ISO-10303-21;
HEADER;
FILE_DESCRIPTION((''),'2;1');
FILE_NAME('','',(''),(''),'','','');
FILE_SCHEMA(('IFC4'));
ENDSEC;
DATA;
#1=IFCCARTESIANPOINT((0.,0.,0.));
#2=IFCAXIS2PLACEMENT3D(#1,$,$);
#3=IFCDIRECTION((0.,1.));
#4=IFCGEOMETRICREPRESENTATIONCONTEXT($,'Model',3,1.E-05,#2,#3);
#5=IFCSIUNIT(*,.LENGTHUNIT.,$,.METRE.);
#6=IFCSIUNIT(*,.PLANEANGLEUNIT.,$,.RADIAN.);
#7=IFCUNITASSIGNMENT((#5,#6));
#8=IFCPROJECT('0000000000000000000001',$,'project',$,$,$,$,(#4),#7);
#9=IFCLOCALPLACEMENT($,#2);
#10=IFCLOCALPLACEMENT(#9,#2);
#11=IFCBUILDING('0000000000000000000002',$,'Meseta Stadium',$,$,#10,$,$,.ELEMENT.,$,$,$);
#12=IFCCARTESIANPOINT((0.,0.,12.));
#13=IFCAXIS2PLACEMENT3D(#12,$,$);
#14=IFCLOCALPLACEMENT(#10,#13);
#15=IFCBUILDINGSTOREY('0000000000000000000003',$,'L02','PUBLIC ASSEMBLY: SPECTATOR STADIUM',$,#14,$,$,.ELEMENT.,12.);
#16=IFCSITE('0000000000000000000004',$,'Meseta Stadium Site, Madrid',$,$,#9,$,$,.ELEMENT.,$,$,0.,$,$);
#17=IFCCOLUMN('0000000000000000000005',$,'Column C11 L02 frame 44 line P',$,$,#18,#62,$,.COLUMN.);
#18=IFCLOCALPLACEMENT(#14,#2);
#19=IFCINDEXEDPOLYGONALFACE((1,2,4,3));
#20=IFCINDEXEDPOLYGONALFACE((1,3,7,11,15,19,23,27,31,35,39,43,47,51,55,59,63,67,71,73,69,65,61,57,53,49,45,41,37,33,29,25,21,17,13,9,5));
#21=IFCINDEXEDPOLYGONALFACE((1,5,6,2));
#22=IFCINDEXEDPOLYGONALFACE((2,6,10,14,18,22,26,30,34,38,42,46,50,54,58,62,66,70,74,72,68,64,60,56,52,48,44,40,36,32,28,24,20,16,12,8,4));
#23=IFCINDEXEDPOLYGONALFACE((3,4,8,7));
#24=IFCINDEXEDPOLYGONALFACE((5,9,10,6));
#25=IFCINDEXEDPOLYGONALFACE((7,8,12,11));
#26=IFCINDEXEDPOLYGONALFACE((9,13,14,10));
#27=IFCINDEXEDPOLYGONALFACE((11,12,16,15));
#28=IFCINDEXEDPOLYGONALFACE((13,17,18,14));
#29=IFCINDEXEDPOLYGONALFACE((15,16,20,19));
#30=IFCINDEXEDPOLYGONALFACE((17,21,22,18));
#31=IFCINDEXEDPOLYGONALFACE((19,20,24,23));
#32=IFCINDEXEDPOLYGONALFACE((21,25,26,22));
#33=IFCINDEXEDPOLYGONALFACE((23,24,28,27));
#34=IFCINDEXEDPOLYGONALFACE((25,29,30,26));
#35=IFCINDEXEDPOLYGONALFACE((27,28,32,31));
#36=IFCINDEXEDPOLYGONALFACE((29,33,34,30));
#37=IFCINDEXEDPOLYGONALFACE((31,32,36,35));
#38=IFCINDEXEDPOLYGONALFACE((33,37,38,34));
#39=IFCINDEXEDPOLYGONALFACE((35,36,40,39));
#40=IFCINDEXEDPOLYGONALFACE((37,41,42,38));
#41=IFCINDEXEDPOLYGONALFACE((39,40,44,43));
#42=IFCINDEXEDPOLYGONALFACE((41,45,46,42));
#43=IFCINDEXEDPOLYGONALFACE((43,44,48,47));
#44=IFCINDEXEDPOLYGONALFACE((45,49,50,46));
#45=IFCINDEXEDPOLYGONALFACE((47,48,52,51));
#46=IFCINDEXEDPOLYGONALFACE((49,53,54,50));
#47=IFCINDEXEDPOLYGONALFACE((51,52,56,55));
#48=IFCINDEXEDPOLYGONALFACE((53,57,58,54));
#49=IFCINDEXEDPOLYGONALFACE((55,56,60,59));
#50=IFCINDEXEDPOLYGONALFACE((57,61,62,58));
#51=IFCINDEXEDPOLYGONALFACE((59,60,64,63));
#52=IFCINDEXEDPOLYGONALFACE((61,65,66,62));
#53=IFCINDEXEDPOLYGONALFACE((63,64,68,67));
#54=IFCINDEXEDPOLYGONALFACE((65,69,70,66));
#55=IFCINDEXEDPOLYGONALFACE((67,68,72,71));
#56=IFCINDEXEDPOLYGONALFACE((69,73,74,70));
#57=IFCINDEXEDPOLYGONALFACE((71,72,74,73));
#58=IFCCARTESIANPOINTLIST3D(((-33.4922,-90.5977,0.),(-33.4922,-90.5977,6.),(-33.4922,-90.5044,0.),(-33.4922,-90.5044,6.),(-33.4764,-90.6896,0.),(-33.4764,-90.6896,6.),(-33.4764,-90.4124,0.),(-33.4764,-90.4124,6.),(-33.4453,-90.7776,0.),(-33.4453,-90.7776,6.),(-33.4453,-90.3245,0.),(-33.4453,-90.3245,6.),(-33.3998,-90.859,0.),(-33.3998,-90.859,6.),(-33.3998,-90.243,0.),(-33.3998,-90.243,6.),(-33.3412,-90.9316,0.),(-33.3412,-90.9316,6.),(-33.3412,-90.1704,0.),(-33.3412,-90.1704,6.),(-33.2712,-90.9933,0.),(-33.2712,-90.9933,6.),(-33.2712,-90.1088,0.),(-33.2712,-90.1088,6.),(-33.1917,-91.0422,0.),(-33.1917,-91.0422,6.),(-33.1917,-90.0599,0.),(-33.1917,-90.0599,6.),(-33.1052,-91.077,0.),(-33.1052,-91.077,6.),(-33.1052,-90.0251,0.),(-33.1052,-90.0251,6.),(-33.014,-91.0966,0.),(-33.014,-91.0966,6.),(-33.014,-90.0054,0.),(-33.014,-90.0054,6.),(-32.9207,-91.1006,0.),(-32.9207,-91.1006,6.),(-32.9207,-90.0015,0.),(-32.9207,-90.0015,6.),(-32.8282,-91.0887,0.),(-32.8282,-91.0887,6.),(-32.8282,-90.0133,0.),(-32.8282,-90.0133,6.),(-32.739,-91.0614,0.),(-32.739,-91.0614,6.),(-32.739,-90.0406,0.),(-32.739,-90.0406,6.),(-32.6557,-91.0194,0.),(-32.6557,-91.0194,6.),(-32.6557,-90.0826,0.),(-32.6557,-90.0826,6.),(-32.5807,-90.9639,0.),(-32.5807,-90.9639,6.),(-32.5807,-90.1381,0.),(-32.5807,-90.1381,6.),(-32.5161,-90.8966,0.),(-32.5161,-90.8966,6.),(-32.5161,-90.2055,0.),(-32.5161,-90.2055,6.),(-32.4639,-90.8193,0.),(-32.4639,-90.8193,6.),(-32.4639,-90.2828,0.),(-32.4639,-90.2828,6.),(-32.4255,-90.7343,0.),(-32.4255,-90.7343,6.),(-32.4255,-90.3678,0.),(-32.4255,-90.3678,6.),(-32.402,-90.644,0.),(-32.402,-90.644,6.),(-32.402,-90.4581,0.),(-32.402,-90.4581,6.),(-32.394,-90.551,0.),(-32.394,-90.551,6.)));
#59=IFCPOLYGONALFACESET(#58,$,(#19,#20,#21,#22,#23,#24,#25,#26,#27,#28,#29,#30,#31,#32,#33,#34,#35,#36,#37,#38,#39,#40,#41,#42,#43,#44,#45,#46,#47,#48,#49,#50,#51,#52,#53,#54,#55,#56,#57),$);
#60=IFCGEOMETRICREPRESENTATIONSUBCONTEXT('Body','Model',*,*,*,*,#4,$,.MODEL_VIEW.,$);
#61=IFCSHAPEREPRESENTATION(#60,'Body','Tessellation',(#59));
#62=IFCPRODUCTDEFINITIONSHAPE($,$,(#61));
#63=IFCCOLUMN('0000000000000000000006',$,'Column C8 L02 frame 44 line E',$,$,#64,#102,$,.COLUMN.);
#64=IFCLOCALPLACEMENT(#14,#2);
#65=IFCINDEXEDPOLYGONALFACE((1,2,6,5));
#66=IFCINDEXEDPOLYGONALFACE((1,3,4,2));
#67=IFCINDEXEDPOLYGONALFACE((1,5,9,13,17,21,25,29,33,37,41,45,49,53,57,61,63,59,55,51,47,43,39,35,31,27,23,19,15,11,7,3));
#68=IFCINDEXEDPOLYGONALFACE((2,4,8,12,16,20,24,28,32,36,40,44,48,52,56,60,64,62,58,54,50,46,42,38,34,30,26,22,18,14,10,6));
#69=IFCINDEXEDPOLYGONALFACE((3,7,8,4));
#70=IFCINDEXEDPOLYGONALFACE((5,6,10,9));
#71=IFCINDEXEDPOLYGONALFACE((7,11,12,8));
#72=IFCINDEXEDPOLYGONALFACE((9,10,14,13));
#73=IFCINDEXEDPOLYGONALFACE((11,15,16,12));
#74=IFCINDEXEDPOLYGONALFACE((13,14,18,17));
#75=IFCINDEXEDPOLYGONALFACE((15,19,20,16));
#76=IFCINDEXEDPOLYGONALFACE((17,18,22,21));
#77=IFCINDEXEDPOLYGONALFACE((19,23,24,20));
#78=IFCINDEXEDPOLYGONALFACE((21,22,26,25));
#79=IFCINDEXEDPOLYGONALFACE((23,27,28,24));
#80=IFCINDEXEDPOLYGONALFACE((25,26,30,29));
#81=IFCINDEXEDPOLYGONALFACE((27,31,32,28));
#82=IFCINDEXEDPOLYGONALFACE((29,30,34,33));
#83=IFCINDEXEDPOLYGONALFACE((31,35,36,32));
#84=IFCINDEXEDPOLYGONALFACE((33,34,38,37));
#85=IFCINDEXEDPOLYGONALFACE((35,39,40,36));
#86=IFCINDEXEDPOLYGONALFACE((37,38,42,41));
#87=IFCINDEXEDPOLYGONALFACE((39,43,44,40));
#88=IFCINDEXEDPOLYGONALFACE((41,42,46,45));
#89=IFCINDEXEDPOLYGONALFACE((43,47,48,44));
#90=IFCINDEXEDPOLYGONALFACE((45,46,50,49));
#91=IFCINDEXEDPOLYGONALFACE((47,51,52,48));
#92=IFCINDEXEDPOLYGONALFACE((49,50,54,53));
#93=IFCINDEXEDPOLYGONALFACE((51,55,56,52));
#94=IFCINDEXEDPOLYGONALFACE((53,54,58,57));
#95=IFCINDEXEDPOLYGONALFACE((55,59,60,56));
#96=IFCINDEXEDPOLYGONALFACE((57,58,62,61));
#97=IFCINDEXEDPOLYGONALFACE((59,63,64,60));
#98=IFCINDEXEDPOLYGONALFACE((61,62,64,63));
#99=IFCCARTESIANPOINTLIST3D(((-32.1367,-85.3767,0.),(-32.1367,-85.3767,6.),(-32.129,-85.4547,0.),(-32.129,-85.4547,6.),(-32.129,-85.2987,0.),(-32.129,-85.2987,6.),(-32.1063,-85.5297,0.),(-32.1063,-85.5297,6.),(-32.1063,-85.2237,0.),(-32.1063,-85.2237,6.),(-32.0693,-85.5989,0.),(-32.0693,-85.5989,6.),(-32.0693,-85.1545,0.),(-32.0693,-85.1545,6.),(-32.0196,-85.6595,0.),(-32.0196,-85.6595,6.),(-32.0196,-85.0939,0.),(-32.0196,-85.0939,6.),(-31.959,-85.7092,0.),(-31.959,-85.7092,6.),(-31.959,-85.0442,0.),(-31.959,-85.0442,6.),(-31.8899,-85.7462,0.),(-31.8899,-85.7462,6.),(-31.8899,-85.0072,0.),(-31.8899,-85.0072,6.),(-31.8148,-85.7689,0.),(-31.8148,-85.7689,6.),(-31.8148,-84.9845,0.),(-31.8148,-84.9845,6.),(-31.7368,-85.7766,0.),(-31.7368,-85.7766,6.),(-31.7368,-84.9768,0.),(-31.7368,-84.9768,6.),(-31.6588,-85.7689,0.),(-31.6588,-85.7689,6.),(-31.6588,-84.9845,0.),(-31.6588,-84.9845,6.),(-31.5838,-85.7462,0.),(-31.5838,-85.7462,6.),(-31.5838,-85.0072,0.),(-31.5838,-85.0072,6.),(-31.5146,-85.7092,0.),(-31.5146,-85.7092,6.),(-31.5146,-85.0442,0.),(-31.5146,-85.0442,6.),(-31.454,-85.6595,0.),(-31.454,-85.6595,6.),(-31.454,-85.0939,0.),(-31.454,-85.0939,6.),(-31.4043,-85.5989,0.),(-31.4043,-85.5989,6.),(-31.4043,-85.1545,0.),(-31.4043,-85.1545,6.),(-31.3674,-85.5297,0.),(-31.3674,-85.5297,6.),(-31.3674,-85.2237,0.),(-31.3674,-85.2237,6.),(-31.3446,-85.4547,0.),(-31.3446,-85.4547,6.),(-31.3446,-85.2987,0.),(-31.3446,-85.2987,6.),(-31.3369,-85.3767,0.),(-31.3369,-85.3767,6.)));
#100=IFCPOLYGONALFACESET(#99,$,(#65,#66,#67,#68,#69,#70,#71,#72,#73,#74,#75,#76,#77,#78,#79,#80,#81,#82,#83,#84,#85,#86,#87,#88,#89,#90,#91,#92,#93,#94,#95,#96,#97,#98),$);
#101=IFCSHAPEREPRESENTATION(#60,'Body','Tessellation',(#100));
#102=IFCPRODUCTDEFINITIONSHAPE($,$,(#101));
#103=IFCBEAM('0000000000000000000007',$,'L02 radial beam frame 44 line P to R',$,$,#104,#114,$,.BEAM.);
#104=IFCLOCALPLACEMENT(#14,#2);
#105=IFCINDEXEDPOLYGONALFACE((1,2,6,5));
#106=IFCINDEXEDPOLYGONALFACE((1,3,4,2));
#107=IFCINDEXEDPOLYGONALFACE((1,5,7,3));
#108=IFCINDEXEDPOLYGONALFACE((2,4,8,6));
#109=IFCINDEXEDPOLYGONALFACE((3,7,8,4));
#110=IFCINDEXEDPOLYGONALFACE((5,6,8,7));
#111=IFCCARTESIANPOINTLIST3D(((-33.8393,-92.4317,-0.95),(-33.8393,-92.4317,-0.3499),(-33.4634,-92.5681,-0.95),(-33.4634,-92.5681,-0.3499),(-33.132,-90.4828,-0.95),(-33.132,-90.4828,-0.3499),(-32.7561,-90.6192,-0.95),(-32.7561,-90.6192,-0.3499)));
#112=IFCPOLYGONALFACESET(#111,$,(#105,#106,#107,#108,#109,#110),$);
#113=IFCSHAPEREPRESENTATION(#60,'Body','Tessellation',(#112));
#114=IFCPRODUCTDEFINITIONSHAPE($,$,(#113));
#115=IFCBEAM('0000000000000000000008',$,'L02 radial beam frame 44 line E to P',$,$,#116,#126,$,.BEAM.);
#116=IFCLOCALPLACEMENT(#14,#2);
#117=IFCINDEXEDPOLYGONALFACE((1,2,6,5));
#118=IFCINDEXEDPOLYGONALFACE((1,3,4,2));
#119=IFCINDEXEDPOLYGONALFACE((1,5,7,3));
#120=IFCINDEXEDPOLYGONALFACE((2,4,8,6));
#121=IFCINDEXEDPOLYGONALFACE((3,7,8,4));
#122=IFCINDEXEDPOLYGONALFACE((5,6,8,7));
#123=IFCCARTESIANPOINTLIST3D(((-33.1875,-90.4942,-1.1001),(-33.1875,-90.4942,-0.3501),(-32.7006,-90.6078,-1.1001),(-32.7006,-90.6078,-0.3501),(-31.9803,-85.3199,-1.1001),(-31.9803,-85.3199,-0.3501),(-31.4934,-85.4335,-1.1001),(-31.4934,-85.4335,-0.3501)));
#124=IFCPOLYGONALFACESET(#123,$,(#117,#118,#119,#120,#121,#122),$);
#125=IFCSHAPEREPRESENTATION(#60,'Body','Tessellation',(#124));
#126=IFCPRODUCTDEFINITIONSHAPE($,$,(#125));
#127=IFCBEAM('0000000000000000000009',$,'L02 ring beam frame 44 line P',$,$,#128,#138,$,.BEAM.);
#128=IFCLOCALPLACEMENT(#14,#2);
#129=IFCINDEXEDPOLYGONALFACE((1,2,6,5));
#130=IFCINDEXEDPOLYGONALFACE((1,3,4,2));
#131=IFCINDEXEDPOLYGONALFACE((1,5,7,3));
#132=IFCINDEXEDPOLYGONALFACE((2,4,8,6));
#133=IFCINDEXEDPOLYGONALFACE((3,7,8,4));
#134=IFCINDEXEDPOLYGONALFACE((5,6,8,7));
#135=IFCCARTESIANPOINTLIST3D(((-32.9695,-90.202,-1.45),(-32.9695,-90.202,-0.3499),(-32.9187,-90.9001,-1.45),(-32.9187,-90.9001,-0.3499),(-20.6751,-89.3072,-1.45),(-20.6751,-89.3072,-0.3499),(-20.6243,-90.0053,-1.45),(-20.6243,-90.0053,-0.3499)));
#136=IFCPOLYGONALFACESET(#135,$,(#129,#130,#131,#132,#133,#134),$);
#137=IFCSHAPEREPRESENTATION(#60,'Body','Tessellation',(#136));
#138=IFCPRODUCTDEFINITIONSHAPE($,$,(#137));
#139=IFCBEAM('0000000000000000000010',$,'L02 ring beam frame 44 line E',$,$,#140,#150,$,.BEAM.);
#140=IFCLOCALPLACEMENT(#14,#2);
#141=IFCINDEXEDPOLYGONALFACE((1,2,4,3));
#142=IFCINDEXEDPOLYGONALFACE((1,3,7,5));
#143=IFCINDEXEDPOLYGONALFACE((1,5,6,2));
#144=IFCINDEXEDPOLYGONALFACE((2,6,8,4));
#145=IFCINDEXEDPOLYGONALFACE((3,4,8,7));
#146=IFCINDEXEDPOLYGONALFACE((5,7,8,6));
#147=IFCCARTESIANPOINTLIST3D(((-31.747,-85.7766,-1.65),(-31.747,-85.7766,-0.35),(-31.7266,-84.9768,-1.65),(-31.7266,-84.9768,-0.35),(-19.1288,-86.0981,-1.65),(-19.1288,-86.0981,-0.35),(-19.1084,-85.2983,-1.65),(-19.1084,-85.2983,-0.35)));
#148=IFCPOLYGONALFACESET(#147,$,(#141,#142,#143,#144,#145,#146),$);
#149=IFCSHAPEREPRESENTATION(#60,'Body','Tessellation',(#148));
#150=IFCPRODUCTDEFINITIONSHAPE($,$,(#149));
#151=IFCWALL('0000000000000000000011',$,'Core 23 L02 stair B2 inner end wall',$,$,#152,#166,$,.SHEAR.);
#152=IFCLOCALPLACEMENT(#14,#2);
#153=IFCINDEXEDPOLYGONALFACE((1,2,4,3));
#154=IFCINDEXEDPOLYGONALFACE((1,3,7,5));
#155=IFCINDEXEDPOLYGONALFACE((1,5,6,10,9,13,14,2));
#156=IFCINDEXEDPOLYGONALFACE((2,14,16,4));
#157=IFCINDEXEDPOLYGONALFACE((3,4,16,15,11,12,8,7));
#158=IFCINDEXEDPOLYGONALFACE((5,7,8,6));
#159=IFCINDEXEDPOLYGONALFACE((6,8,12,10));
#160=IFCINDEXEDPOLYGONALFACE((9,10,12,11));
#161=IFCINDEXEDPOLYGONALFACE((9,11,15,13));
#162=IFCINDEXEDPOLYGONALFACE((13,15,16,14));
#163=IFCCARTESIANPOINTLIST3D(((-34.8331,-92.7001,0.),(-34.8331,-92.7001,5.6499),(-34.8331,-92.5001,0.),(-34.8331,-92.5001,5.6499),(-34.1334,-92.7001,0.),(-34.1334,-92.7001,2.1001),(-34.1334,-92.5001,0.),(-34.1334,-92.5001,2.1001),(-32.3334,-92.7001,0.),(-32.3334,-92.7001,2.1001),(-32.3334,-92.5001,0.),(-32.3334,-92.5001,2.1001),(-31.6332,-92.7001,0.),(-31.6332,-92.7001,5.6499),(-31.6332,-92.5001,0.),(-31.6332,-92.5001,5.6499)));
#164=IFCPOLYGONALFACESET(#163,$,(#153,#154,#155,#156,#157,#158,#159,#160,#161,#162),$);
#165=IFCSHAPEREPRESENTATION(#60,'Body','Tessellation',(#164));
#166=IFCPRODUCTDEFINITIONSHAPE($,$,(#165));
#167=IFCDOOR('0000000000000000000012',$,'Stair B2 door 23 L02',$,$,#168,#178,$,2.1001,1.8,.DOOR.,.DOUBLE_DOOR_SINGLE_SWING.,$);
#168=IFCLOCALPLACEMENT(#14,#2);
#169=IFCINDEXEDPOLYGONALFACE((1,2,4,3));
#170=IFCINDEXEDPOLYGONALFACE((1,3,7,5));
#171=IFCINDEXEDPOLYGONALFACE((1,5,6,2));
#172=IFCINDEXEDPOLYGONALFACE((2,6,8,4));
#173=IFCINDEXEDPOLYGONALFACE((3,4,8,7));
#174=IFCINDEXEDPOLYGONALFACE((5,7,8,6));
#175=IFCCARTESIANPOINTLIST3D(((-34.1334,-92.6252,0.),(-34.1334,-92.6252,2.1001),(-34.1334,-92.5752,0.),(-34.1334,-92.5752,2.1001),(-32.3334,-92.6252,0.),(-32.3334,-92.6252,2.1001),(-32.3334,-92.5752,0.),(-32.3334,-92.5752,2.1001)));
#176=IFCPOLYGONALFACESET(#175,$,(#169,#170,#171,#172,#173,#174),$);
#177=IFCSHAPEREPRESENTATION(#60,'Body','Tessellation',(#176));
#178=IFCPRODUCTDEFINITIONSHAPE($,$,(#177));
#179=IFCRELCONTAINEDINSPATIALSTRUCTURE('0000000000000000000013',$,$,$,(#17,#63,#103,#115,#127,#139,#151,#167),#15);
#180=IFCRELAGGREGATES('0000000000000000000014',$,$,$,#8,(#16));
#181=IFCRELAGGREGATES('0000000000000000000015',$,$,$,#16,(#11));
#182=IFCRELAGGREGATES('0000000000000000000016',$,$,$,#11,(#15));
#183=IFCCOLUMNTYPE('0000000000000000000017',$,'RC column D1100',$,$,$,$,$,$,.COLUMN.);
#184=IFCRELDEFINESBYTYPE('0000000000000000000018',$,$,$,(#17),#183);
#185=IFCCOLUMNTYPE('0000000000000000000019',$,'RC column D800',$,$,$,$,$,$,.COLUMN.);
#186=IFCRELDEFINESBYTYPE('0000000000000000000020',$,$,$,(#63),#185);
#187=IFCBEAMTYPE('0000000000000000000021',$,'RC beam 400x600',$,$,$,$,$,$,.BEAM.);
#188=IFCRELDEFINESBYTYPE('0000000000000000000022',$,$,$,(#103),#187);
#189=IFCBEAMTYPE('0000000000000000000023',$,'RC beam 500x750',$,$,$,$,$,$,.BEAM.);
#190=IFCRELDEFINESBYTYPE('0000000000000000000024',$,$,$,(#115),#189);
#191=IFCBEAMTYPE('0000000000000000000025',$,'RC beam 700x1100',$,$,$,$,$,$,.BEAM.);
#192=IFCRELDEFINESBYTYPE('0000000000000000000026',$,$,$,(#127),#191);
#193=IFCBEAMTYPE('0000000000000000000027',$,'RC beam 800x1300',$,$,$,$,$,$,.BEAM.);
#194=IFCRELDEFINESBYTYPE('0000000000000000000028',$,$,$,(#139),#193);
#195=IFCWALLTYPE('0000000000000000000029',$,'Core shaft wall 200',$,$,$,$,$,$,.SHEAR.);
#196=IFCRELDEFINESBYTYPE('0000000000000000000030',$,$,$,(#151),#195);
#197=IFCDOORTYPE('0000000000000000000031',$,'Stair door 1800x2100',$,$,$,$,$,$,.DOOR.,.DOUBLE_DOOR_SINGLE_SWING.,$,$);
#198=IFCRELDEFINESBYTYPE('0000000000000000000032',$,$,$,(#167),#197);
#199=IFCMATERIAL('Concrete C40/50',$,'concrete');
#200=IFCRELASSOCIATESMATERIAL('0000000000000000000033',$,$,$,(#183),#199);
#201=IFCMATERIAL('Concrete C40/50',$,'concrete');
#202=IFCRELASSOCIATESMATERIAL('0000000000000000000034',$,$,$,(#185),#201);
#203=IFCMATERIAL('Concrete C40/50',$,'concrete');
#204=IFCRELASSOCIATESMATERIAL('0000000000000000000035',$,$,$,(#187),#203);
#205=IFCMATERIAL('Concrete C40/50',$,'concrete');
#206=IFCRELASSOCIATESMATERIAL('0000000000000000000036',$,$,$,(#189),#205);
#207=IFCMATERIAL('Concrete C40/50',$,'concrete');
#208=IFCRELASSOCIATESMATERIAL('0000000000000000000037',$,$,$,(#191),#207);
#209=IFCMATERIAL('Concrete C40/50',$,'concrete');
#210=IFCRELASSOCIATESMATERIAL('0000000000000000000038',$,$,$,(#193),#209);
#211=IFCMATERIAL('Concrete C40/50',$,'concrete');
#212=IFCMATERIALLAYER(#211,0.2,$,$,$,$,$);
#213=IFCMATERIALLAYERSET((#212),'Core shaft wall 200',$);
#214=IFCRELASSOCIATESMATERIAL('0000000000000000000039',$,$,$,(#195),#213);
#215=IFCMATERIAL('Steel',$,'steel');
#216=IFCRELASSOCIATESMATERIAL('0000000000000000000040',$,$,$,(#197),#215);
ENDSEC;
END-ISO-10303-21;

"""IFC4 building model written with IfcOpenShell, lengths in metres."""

from ifc_helpers import new_model, si_unit, direction, frame, frame_2d, origin, origin_2d, place, context, subcontext, project, spatial, rectangle, circle, extrude, material, layer, layer_set, material_profile, profile_set, type_object, element, fill, save


model = new_model("IFC4")

# Units and contexts
model_context = context("Model", 3, precision=1e-05, world=origin(), true_north=direction((0.0, 1.0)))
body_context = subcontext(model_context, "Body", "Model", "MODEL_VIEW")
ifc_project = project(units=[si_unit("LENGTHUNIT", "METRE"), si_unit("PLANEANGLEUNIT", "RADIAN")], contexts=[model_context])

# Site, building, storey
site_placement = place(None, origin())
site = spatial("IfcSite", under=ifc_project, at=site_placement, Name="Meseta Stadium Site, Madrid", CompositionType="ELEMENT", RefElevation=0.0)
building_placement = place(site_placement, origin())
building = spatial("IfcBuilding", under=site, at=building_placement, Name="Meseta Stadium", CompositionType="ELEMENT")
storey_placement = place(building_placement, frame((0.0, 0.0, 12.0)))
storey = spatial("IfcBuildingStorey", under=building, at=storey_placement, Name="L02", Description="PUBLIC ASSEMBLY: SPECTATOR STADIUM", CompositionType="ELEMENT", Elevation=12.0)

# Columns
ifc_material_1 = material(Name="Concrete C40/50", Category="concrete")
ifc_material_profile_1 = material_profile(ifc_material_1, circle(Radius=0.55, at=origin_2d()), Name="RC D1100")
ifc_profile_set_1 = profile_set([ifc_material_profile_1], Name="Concrete C40/50")
column_type_1 = type_object("IfcColumnType", Name="RC column D1100", PredefinedType="COLUMN", material=ifc_profile_set_1)
column_1_placement = place(storey_placement, frame((-32.9441, -90.551, 0.0), z_axis=(0.0, 0.0, 1.0), x_axis=(1.0, 0.0, 0.0)))
element("IfcColumn", 1, at=column_1_placement, inside=storey, type_object=column_type_1, Name="Column C11 L02 frame 44 line P", PredefinedType="COLUMN", context=body_context, shape_type="SweptSolid", body=[
    extrude(circle(Radius=0.55, at=origin_2d()), origin(), (0.0, 0.0, 1.0), 6.0),
])
ifc_material_2 = material(Name="Concrete C40/50", Category="concrete")
ifc_material_profile_2 = material_profile(ifc_material_2, circle(Radius=0.3999, at=origin_2d()), Name="RC D800")
ifc_profile_set_2 = profile_set([ifc_material_profile_2], Name="Concrete C40/50")
column_type_2 = type_object("IfcColumnType", Name="RC column D800", PredefinedType="COLUMN", material=ifc_profile_set_2)
column_2_placement = place(storey_placement, frame((-31.7368, -85.3767, 0.0), z_axis=(0.0, 0.0, 1.0), x_axis=(1.0, 0.0, 0.0)))
element("IfcColumn", 2, at=column_2_placement, inside=storey, type_object=column_type_2, Name="Column C8 L02 frame 44 line E", PredefinedType="COLUMN", context=body_context, shape_type="SweptSolid", body=[
    extrude(circle(Radius=0.3999, at=origin_2d()), origin(), (0.0, 0.0, 1.0), 6.0),
])

# Beams
ifc_material_3 = material(Name="Concrete C40/50", Category="concrete")
ifc_material_profile_3 = material_profile(ifc_material_3, rectangle(XDim=0.3999, YDim=0.6001, at=origin_2d()), Name="RC 400x600")
ifc_profile_set_3 = profile_set([ifc_material_profile_3], Name="Concrete C40/50")
beam_type_1 = type_object("IfcBeamType", Name="RC beam 400x600", PredefinedType="BEAM", material=ifc_profile_set_3)
beam_1_placement = place(storey_placement, frame((-32.9441, -90.551, -0.6499), z_axis=(-0.341128, -0.940017, 0.0), x_axis=(0.940017, -0.341128, 0.0)))
element("IfcBeam", 3, at=beam_1_placement, inside=storey, type_object=beam_type_1, Name="L02 radial beam frame 44 line P to R", PredefinedType="BEAM", context=body_context, shape_type="SweptSolid", body=[
    extrude(rectangle(XDim=0.3999, YDim=0.6001, at=origin_2d()), origin(), (0.0, 0.0, 1.0), 2.0732),
])
ifc_material_4 = material(Name="Concrete C40/50", Category="concrete")
ifc_material_profile_4 = material_profile(ifc_material_4, rectangle(XDim=0.5, YDim=0.75, at=origin_2d()), Name="RC 500x750")
ifc_profile_set_4 = profile_set([ifc_material_profile_4], Name="Concrete C40/50")
beam_type_2 = type_object("IfcBeamType", Name="RC beam 500x750", PredefinedType="BEAM", material=ifc_profile_set_4)
beam_2_placement = place(storey_placement, frame((-31.7368, -85.3767, -0.7251), z_axis=(-0.227218, -0.973844, 0.0), x_axis=(0.973844, -0.227218, 0.0)))
element("IfcBeam", 4, at=beam_2_placement, inside=storey, type_object=beam_type_2, Name="L02 radial beam frame 44 line E to P", PredefinedType="BEAM", context=body_context, shape_type="SweptSolid", body=[
    extrude(rectangle(XDim=0.5, YDim=0.75, at=origin_2d()), origin(), (0.0, 0.0, 1.0), 5.3132),
])
ifc_material_5 = material(Name="Concrete C40/50", Category="concrete")
ifc_material_profile_5 = material_profile(ifc_material_5, rectangle(XDim=0.7, YDim=1.1001, at=origin_2d()), Name="RC 700x1100")
ifc_profile_set_5 = profile_set([ifc_material_profile_5], Name="Concrete C40/50")
beam_type_3 = type_object("IfcBeamType", Name="RC beam 700x1100", PredefinedType="BEAM", material=ifc_profile_set_5)
beam_3_placement = place(storey_placement, frame((-32.9441, -90.551, -0.8999), z_axis=(0.997362, 0.072587, 0.0), x_axis=(-0.072587, 0.997362, 0.0)))
element("IfcBeam", 5, at=beam_3_placement, inside=storey, type_object=beam_type_3, Name="L02 ring beam frame 44 line P", PredefinedType="BEAM", context=body_context, shape_type="SweptSolid", body=[
    extrude(rectangle(XDim=0.7, YDim=1.1001, at=origin_2d()), origin(), (0.0, 0.0, 1.0), 12.3269),
])
ifc_material_6 = material(Name="Concrete C40/50", Category="concrete")
ifc_material_profile_6 = material_profile(ifc_material_6, rectangle(XDim=0.8, YDim=1.3, at=origin_2d()), Name="RC 800x1300")
ifc_profile_set_6 = profile_set([ifc_material_profile_6], Name="Concrete C40/50")
beam_type_4 = type_object("IfcBeamType", Name="RC beam 800x1300", PredefinedType="BEAM", material=ifc_profile_set_6)
beam_4_placement = place(storey_placement, frame((-31.7368, -85.3767, -1.0), z_axis=(0.999675, -0.025474, 0.0), x_axis=(0.025474, 0.999675, 0.0)))
element("IfcBeam", 6, at=beam_4_placement, inside=storey, type_object=beam_type_4, Name="L02 ring beam frame 44 line E", PredefinedType="BEAM", context=body_context, shape_type="SweptSolid", body=[
    extrude(rectangle(XDim=0.8, YDim=1.3, at=origin_2d()), origin(), (0.0, 0.0, 1.0), 12.6223),
])

# Wall, opening, door
ifc_material_7 = material(Name="Concrete C40/50", Category="concrete")
ifc_layer_1 = layer(ifc_material_7, 0.2)
ifc_layer_set_1 = layer_set([ifc_layer_1], Name="Core shaft wall 200")
wall_type_1 = type_object("IfcWallType", Name="Core shaft wall 200", PredefinedType="SHEAR", material=ifc_layer_set_1)
wall_1_placement = place(storey_placement, frame((-34.8333, -92.6001, 0.0), z_axis=(0.0, 0.0, 1.0), x_axis=(1.0, 0.0, 0.0)))
wall_1 = element("IfcWall", 7, at=wall_1_placement, inside=storey, type_object=wall_type_1, Name="Core 23 L02 stair B2 inner end wall", PredefinedType="SHEAR", context=body_context, shape_type="SweptSolid", body=[
    extrude(rectangle(XDim=3.2, YDim=0.2, at=frame_2d((1.6001, 0.0))), origin(), (0.0, 0.0, 1.0), 5.6499),
])
opening_1_placement = place(wall_1_placement, frame((0.7, 0.0, 0.0)))
opening_1 = element("IfcOpeningElement", 8, at=opening_1_placement, cuts=wall_1, PredefinedType="OPENING", context=body_context, shape_type="SweptSolid", body=[
    extrude(rectangle(XDim=1.8, YDim=2.1001, at=frame_2d((0.8999, 1.05))), frame((0.0, 0.1099, 0.0), z_axis=(0.0, -1.0, 0.0), x_axis=(1.0, 0.0, 0.0)), (0.0, 0.0, 1.0), 0.22),
])
ifc_material_8 = material(Name="Steel", Category="steel")
door_type_1 = type_object("IfcDoorType", Name="Stair door 1800x2100", OperationType="DOUBLE_DOOR_SINGLE_SWING", PredefinedType="DOOR", material=ifc_material_8)
door_1_placement = place(opening_1_placement, origin())
door_1 = element("IfcDoor", 9, at=door_1_placement, inside=storey, type_object=door_type_1, Name="Stair B2 door 23 L02", OperationType="DOUBLE_DOOR_SINGLE_SWING", OverallHeight=2.1001, OverallWidth=1.8, PredefinedType="DOOR", context=body_context, shape_type="SweptSolid", body=[
    extrude(rectangle(XDim=1.8, YDim=2.1001, at=frame_2d((0.8999, 1.05))), frame((0.0, 0.0249, 0.0), z_axis=(0.0, -1.0, 0.0), x_axis=(1.0, 0.0, 0.0)), (0.0, 0.0, 1.0), 0.05),
])
fill(opening_1, door_1)

save(model, "model.ifc")
